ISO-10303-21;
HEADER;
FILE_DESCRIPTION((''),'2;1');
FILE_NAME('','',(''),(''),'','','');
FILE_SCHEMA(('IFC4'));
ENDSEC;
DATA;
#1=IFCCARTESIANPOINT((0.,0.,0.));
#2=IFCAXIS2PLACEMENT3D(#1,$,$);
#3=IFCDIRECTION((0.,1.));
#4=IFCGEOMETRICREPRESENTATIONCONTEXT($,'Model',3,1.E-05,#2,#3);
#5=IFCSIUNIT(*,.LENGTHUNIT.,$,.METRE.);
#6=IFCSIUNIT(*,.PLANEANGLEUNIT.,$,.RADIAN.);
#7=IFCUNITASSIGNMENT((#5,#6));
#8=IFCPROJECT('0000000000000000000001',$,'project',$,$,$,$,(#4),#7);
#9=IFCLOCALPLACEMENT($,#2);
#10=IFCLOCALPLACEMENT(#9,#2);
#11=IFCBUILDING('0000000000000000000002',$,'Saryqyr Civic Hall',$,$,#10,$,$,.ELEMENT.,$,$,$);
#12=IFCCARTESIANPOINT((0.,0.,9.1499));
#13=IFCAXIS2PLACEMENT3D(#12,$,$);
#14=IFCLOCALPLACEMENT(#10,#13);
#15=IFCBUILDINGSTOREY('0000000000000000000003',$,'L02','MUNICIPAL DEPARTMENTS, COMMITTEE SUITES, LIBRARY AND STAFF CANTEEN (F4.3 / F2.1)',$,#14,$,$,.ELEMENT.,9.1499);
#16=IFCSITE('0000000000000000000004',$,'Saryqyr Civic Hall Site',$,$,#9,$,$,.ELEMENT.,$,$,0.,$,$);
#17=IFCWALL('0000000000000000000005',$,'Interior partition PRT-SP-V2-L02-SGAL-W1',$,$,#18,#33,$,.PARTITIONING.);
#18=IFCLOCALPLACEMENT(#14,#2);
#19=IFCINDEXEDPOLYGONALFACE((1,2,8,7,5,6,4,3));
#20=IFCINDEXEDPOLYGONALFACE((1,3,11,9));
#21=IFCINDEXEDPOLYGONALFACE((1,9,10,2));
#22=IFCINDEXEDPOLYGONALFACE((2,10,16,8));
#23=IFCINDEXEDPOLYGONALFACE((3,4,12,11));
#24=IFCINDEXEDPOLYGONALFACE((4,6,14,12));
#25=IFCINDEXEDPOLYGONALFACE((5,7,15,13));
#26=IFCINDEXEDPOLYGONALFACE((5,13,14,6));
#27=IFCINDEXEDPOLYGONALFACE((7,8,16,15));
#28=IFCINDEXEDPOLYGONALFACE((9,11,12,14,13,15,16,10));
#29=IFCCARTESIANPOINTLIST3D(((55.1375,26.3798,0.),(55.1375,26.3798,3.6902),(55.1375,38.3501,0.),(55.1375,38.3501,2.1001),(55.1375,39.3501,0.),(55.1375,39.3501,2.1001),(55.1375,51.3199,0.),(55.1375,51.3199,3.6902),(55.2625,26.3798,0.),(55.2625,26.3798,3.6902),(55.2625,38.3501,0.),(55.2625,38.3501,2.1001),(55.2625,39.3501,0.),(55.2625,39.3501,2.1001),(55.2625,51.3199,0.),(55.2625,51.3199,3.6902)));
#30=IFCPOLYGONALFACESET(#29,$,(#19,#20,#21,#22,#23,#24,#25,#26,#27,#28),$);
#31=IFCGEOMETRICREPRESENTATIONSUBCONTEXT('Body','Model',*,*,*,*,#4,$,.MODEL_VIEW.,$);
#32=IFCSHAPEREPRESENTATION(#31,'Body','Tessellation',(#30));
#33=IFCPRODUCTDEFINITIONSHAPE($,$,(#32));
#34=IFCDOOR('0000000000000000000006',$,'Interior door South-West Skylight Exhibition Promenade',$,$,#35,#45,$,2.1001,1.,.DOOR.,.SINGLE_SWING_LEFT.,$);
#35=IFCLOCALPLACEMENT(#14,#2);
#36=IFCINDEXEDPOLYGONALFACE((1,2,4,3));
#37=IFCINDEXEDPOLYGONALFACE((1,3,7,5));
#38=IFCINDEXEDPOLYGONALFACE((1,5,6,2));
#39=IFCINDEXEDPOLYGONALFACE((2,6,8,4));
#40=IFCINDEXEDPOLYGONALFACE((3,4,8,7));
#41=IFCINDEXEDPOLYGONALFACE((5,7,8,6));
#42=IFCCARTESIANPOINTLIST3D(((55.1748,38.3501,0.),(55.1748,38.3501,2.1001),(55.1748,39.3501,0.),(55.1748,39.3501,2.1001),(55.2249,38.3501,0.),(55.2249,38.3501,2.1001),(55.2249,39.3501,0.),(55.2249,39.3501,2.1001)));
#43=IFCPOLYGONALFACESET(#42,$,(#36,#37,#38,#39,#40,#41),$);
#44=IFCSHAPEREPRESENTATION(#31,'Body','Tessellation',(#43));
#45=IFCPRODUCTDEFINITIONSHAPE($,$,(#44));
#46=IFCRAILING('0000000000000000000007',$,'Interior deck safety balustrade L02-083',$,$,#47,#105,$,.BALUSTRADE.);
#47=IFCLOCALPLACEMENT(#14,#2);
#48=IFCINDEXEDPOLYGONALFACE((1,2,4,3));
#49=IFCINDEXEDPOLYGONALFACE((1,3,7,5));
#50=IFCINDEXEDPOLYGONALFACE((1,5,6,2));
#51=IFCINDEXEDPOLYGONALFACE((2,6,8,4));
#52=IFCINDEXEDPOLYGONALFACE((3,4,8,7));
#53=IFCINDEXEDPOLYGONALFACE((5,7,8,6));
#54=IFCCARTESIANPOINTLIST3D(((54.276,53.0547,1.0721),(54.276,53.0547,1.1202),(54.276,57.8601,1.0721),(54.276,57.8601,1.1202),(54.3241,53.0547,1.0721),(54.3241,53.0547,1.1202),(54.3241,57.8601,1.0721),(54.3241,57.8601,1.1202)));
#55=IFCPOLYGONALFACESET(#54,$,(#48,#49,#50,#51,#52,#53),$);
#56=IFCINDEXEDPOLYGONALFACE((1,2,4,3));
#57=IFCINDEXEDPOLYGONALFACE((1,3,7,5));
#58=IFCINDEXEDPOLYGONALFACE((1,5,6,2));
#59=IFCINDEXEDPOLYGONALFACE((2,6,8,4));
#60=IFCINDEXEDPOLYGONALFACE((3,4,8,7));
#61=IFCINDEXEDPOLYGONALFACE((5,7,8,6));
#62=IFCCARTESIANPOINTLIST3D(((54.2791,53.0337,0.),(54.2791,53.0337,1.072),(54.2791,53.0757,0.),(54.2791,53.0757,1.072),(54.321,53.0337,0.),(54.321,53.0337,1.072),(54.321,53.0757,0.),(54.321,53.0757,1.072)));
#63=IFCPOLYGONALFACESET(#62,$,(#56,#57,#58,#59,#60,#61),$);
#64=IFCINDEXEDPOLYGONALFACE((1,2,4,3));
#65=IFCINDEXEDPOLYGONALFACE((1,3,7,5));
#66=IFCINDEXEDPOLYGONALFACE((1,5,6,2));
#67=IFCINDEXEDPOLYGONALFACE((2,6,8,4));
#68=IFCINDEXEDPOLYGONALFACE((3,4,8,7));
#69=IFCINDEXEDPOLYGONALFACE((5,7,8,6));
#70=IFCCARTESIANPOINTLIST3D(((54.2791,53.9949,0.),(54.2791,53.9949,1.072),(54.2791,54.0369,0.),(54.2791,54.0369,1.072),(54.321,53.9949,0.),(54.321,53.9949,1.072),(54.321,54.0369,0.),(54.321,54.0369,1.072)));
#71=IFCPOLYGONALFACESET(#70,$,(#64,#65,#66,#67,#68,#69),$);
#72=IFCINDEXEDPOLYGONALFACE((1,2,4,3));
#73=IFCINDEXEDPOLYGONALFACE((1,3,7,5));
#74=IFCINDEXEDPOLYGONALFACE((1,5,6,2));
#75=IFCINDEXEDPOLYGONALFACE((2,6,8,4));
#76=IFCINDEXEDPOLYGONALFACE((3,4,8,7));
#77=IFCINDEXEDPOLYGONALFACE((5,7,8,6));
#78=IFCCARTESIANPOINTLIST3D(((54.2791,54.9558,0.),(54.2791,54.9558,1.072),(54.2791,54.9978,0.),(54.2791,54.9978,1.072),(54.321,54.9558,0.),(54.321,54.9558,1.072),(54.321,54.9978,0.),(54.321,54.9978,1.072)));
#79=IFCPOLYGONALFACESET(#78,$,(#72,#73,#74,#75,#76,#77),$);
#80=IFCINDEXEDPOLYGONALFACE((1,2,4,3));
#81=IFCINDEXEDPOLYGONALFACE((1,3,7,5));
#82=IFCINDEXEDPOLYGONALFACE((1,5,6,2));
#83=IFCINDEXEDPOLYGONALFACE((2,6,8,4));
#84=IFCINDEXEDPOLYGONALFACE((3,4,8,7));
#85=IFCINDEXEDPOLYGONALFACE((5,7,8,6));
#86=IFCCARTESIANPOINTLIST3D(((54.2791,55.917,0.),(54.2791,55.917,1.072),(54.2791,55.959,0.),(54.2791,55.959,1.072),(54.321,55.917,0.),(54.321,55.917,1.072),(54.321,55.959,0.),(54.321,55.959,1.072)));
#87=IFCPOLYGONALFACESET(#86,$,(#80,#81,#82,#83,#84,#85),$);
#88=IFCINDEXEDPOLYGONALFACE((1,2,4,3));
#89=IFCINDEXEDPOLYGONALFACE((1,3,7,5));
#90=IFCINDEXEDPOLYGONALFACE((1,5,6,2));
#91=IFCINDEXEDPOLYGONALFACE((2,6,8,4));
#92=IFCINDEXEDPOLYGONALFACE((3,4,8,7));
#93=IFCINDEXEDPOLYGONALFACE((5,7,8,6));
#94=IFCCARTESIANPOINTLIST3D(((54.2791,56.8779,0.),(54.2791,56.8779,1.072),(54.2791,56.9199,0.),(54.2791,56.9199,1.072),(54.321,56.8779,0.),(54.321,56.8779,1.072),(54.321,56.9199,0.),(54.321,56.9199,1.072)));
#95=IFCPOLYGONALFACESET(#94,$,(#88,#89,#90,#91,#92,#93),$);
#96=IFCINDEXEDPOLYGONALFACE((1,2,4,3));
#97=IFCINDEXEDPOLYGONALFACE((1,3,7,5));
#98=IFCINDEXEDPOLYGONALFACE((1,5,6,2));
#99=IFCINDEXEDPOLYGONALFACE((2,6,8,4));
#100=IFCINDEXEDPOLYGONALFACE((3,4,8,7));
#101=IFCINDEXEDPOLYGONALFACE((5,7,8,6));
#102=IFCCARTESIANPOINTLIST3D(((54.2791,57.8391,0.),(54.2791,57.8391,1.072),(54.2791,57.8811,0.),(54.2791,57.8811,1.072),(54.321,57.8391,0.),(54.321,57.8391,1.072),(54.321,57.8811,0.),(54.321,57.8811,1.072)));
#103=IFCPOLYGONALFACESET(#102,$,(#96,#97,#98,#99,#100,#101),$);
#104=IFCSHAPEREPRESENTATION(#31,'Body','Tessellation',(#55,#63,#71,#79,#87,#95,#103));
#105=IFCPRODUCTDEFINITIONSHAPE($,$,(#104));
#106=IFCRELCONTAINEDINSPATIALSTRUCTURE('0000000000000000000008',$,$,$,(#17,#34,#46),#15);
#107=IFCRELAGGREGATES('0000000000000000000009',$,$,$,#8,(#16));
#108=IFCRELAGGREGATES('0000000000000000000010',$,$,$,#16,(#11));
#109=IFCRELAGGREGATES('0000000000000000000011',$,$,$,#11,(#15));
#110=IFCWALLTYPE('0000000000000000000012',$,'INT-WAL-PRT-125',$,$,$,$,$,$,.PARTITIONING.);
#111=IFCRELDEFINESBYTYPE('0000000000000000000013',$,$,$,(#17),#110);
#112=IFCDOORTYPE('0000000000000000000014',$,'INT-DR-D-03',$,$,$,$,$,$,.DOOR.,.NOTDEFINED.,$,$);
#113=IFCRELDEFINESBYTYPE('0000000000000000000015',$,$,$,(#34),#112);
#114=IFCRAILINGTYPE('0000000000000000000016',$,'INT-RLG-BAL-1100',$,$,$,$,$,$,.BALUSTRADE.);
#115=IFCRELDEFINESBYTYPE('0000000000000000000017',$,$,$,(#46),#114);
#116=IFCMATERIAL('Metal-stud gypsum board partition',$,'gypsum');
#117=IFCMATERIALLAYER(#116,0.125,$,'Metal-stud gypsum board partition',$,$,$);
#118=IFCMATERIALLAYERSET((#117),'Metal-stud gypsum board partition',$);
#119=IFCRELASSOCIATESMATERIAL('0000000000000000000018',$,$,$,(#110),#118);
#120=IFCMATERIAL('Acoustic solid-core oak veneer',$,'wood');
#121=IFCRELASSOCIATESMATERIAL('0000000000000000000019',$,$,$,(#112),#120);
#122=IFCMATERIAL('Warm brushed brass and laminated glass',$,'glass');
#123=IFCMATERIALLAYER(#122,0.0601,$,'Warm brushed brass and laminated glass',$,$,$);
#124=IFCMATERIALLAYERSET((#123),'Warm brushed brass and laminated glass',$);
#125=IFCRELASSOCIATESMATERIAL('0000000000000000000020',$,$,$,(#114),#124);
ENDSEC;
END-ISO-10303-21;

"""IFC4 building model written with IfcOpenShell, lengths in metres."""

from ifc_helpers import new_model, si_unit, direction, frame, frame_2d, origin, origin_2d, place, context, subcontext, project, spatial, rectangle, extrude, material, layer, layer_set, type_object, element, fill, save


model = new_model("IFC4")

# Units and contexts
model_context = context("Model", 3, precision=1e-05, world=origin(), true_north=direction((0.0, 1.0)))
body_context = subcontext(model_context, "Body", "Model", "MODEL_VIEW")
ifc_project = project(units=[si_unit("LENGTHUNIT", "METRE"), si_unit("PLANEANGLEUNIT", "RADIAN")], contexts=[model_context])

# Site, building, storey
site_placement = place(None, origin())
site = spatial("IfcSite", under=ifc_project, at=site_placement, Name="Saryqyr Civic Hall Site", CompositionType="ELEMENT", RefElevation=0.0)
building_placement = place(site_placement, origin())
building = spatial("IfcBuilding", under=site, at=building_placement, Name="Saryqyr Civic Hall", CompositionType="ELEMENT")
storey_placement = place(building_placement, frame((0.0, 0.0, 9.1499)))
storey = spatial("IfcBuildingStorey", under=building, at=storey_placement, Name="L02", Description="MUNICIPAL DEPARTMENTS, COMMITTEE SUITES, LIBRARY AND STAFF CANTEEN (F4.3 / F2.1)", CompositionType="ELEMENT", Elevation=9.1499)

# Wall, opening, door
ifc_material_1 = material(Name="Metal-stud gypsum board partition", Category="gypsum")
ifc_layer_1 = layer(ifc_material_1, 0.125, Name="Metal-stud gypsum board partition")
ifc_layer_set_1 = layer_set([ifc_layer_1], Name="Metal-stud gypsum board partition")
wall_type = type_object("IfcWallType", Name="INT-WAL-PRT-125", PredefinedType="PARTITIONING", material=ifc_layer_set_1)
wall_placement = place(storey_placement, frame((55.2, 51.3201, 0.0), z_axis=(0.0, 0.0, 1.0), x_axis=(0.0, -1.0, 0.0)))
wall = element("IfcWall", 1, at=wall_placement, inside=storey, type_object=wall_type, Name="Interior partition PRT-SP-V2-L02-SGAL-W1", PredefinedType="PARTITIONING", context=body_context, shape_type="SweptSolid", body=[
    extrude(rectangle(XDim=24.9402, YDim=0.125, at=frame_2d((12.4702, 0.0))), origin(), (0.0, 0.0, 1.0), 3.6902),
])
opening_placement = place(wall_placement, frame((11.97, 0.0, 0.0)))
opening = element("IfcOpeningElement", 2, at=opening_placement, cuts=wall, PredefinedType="OPENING", context=body_context, shape_type="SweptSolid", body=[
    extrude(rectangle(XDim=1.0, YDim=2.1001, at=frame_2d((0.5, 1.05))), frame((0.0, 0.0725, 0.0), z_axis=(0.0, -1.0, 0.0), x_axis=(1.0, 0.0, 0.0)), (0.0, 0.0, 1.0), 0.145),
])
ifc_material_2 = material(Name="Acoustic solid-core oak veneer", Category="wood")
door_type = type_object("IfcDoorType", Name="INT-DR-D-03", OperationType="NOTDEFINED", PredefinedType="DOOR", material=ifc_material_2)
door_placement = place(opening_placement, origin())
door = element("IfcDoor", 3, at=door_placement, inside=storey, type_object=door_type, Name="Interior door South-West Skylight Exhibition Promenade", OperationType="SINGLE_SWING_LEFT", OverallHeight=2.1001, OverallWidth=1.0, PredefinedType="DOOR", context=body_context, shape_type="SweptSolid", body=[
    extrude(rectangle(XDim=1.0, YDim=2.1001, at=frame_2d((0.5, 1.05))), frame((0.0, 0.0249, 0.0), z_axis=(0.0, -1.0, 0.0), x_axis=(1.0, 0.0, 0.0)), (0.0, 0.0, 1.0), 0.05),
])
fill(opening, door)

# Railing
ifc_material_3 = material(Name="Warm brushed brass and laminated glass", Category="glass")
ifc_layer_2 = layer(ifc_material_3, 0.0601, Name="Warm brushed brass and laminated glass")
ifc_layer_set_2 = layer_set([ifc_layer_2], Name="Warm brushed brass and laminated glass")
railing_type = type_object("IfcRailingType", Name="INT-RLG-BAL-1100", PredefinedType="BALUSTRADE", material=ifc_layer_set_2)
railing_placement = place(storey_placement, frame((54.3, 53.0547, 0.0)))
element("IfcRailing", 4, at=railing_placement, inside=storey, type_object=railing_type, Name="Interior deck safety balustrade L02-083", PredefinedType="BALUSTRADE", context=body_context, shape_type="SweptSolid", body=[
    extrude(rectangle(XDim=0.0481, YDim=0.0481, at=origin_2d()), frame((0.0, 0.0, 1.0962), z_axis=(0.0, 1.0, 0.0), x_axis=(-1.0, 0.0, 0.0)), (0.0, 0.0, 1.0), 4.8054),
    extrude(rectangle(XDim=0.042, YDim=0.042, at=origin_2d()), origin(), (0.0, 0.0, 1.0), 1.072),
    extrude(rectangle(XDim=0.042, YDim=0.042, at=origin_2d()), frame((0.0, 0.9612, 0.0)), (0.0, 0.0, 1.0), 1.072),
    extrude(rectangle(XDim=0.042, YDim=0.042, at=origin_2d()), frame((0.0, 1.9221, 0.0)), (0.0, 0.0, 1.0), 1.072),
    extrude(rectangle(XDim=0.042, YDim=0.042, at=origin_2d()), frame((0.0, 2.8833, 0.0)), (0.0, 0.0, 1.0), 1.072),
    extrude(rectangle(XDim=0.042, YDim=0.042, at=origin_2d()), frame((0.0, 3.8442, 0.0)), (0.0, 0.0, 1.0), 1.072),
    extrude(rectangle(XDim=0.042, YDim=0.042, at=origin_2d()), frame((0.0, 4.8054, 0.0)), (0.0, 0.0, 1.0), 1.072),
])

save(model, "model.ifc")
